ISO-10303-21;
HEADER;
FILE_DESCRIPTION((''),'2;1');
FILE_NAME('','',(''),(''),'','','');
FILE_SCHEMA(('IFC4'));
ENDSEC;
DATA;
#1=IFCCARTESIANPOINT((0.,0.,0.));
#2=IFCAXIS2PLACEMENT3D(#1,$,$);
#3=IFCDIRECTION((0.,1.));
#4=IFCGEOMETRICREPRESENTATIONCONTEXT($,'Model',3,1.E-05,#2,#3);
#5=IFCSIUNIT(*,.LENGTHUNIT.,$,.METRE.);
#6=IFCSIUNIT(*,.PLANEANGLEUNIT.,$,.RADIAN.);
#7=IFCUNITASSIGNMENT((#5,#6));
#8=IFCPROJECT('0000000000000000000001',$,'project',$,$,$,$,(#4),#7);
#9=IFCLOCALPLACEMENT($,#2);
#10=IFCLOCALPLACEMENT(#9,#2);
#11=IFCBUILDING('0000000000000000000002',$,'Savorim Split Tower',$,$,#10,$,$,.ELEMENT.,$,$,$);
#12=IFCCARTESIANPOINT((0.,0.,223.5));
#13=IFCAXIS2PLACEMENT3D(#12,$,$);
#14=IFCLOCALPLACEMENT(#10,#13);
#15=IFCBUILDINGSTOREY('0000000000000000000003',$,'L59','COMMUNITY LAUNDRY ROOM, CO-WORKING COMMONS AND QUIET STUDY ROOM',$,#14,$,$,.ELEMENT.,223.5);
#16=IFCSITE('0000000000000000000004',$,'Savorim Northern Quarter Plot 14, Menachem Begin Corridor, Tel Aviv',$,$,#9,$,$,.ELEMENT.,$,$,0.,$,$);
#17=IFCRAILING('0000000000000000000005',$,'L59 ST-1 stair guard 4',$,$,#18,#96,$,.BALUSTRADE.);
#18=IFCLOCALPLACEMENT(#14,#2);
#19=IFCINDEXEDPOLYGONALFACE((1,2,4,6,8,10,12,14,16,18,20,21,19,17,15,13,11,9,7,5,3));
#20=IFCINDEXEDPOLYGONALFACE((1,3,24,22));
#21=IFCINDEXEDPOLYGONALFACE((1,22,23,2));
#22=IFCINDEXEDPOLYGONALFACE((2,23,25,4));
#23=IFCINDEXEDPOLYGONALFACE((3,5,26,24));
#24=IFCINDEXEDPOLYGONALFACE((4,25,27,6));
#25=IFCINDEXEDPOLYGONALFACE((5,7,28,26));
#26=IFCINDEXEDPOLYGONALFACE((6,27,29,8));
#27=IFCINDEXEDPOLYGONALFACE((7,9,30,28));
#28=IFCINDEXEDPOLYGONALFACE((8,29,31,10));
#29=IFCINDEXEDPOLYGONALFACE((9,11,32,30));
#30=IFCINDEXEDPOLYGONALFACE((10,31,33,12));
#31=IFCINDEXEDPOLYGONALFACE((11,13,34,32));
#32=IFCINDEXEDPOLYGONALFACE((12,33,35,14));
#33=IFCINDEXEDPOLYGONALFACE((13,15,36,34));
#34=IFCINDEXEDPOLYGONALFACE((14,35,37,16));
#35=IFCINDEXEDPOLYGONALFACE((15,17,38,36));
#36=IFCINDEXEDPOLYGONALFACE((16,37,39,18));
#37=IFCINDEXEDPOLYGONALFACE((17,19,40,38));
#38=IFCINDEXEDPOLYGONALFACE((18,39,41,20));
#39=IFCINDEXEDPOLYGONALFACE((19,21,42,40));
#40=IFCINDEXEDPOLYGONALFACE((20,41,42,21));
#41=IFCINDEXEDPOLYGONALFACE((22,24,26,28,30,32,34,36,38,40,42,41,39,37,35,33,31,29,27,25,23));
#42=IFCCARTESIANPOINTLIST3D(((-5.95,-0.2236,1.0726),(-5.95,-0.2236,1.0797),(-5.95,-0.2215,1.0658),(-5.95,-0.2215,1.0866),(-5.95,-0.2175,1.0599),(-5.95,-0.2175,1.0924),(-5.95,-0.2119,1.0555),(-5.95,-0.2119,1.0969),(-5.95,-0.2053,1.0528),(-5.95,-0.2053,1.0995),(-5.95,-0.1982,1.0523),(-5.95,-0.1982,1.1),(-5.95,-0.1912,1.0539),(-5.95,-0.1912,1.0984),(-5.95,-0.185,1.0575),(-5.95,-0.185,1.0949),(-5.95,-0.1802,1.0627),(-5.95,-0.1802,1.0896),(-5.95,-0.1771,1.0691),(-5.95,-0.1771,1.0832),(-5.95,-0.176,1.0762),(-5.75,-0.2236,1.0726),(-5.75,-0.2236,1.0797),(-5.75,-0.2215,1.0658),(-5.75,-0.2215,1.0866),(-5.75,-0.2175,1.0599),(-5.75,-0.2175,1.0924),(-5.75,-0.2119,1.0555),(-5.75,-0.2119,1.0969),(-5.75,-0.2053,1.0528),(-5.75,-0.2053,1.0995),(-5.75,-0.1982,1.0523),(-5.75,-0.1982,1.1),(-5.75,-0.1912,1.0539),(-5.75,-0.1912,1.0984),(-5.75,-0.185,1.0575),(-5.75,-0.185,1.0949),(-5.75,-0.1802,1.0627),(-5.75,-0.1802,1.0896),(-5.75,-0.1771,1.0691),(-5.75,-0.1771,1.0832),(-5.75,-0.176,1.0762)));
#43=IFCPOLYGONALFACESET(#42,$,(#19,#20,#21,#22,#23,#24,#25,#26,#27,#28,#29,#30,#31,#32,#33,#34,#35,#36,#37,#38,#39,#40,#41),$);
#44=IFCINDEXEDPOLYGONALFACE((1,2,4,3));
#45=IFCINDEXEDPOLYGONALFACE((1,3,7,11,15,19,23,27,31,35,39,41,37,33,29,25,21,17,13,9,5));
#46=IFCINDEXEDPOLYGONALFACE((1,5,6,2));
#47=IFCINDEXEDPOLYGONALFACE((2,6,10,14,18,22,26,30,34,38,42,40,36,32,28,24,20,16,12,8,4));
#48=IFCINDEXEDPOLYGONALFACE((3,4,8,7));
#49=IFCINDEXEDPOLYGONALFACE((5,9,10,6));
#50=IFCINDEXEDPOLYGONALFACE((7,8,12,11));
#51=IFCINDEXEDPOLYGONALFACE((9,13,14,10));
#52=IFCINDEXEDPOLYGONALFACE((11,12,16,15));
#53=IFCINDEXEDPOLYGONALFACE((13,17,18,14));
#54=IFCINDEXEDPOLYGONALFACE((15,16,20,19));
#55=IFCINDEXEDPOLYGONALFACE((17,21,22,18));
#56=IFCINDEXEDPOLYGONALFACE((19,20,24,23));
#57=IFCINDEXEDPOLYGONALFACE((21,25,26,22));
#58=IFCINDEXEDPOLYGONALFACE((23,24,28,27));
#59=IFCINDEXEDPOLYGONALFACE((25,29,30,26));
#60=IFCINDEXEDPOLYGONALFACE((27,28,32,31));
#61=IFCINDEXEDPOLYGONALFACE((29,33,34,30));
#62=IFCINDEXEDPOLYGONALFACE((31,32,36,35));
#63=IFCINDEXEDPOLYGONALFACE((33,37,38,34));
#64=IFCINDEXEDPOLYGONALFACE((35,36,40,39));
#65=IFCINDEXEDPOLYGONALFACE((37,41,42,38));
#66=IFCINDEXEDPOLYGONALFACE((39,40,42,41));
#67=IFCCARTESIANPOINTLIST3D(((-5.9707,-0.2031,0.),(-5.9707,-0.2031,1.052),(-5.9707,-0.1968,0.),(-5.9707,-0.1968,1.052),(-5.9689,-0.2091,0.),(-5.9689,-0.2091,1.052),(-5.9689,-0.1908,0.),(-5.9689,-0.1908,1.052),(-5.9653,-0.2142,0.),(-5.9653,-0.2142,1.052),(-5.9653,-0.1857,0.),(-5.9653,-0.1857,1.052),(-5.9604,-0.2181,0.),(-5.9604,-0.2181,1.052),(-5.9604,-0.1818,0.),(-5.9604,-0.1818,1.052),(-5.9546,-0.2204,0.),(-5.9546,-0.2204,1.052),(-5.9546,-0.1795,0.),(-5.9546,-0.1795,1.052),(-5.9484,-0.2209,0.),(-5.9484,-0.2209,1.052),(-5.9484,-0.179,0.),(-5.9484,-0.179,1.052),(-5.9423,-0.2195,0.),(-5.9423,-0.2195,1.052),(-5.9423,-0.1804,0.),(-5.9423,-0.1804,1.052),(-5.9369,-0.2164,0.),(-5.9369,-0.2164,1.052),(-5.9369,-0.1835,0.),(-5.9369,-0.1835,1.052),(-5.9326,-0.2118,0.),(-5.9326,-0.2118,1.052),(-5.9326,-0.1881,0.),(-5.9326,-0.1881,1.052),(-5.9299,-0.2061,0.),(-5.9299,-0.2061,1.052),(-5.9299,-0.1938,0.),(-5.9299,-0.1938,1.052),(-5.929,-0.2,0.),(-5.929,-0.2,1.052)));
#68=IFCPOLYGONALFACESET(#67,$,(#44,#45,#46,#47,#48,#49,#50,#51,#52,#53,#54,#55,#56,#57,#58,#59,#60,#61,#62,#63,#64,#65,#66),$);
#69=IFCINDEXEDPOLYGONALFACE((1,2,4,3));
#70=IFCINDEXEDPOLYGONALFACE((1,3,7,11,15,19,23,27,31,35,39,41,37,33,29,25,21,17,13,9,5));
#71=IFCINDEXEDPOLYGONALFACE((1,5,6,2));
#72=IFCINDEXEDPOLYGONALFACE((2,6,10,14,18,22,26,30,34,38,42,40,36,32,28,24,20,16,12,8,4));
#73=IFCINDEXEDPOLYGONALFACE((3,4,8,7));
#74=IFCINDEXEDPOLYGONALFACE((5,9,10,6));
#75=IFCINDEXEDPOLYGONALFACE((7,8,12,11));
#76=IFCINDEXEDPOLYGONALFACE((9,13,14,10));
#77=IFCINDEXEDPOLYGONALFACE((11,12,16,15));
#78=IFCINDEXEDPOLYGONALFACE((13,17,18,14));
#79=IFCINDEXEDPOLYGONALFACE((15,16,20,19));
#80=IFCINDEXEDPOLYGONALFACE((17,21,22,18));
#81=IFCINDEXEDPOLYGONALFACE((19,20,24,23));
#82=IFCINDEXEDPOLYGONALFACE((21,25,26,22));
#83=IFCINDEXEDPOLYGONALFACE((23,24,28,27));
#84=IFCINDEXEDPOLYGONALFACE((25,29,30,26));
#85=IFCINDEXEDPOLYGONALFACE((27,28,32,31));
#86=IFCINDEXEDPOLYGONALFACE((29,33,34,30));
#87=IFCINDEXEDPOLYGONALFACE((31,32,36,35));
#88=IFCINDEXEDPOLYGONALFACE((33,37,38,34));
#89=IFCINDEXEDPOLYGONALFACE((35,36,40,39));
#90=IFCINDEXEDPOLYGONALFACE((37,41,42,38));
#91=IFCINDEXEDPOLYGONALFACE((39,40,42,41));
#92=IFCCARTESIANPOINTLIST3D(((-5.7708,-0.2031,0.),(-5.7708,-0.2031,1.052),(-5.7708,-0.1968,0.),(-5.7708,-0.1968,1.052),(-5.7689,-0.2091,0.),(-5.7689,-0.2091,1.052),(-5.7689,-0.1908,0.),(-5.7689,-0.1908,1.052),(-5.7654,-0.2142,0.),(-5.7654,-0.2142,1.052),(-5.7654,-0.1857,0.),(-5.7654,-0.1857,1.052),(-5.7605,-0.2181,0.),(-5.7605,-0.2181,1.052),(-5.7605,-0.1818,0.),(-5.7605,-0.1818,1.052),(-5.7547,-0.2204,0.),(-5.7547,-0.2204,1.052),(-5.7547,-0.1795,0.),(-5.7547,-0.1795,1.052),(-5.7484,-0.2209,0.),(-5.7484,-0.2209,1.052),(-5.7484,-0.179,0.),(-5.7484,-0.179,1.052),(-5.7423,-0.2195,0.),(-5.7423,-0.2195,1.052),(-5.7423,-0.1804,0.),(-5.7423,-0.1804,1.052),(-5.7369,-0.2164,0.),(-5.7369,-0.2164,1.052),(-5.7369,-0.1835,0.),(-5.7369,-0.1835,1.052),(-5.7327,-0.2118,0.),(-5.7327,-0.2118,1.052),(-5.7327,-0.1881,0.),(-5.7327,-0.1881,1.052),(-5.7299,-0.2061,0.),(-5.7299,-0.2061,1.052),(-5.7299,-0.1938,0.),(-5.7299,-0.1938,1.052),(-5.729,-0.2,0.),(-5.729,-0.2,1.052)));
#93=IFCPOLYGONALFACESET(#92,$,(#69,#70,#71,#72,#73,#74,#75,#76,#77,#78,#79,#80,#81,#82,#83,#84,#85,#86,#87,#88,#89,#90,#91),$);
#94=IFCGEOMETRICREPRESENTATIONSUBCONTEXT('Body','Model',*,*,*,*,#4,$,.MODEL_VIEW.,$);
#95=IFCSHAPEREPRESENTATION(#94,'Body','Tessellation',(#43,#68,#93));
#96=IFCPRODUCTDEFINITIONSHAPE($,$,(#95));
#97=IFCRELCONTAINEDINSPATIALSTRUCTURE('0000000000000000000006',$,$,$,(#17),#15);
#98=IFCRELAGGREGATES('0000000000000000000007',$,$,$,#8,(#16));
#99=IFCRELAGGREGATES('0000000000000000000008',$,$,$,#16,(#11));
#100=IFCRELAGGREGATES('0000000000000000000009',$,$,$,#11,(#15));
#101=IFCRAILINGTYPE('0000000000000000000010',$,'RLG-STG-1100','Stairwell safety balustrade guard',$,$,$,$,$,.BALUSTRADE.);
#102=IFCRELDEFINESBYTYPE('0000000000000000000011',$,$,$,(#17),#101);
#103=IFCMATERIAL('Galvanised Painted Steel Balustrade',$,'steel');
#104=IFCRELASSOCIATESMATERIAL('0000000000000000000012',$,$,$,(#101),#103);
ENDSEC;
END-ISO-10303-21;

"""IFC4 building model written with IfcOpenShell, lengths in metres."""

from ifc_helpers import new_model, si_unit, direction, frame, origin, origin_2d, place, context, subcontext, project, spatial, circle, extrude, material, type_object, element, save


model = new_model("IFC4")

# Units and contexts
model_context = context("Model", 3, precision=1e-05, world=origin(), true_north=direction((0.0, 1.0)))
body_context = subcontext(model_context, "Body", "Model", "MODEL_VIEW")
ifc_project = project(units=[si_unit("LENGTHUNIT", "METRE"), si_unit("PLANEANGLEUNIT", "RADIAN")], contexts=[model_context])

# Site, building, storey
site_placement = place(None, origin())
site = spatial("IfcSite", under=ifc_project, at=site_placement, Name="Savorim Northern Quarter Plot 14, Menachem Begin Corridor, Tel Aviv", CompositionType="ELEMENT", RefElevation=0.0)
building_placement = place(site_placement, origin())
building = spatial("IfcBuilding", under=site, at=building_placement, Name="Savorim Split Tower", CompositionType="ELEMENT")
storey_placement = place(building_placement, frame((0.0, 0.0, 223.5)))
storey = spatial("IfcBuildingStorey", under=building, at=storey_placement, Name="L59", Description="COMMUNITY LAUNDRY ROOM, CO-WORKING COMMONS AND QUIET STUDY ROOM", CompositionType="ELEMENT", Elevation=223.5)

# Railing
ifc_material_1 = material(Name="Galvanised Painted Steel Balustrade", Category="steel")
railing_type_1 = type_object("IfcRailingType", Name="RLG-STG-1100", Description="Stairwell safety balustrade guard", PredefinedType="BALUSTRADE", material=ifc_material_1)
railing_1_placement = place(storey_placement, frame((-5.95, -0.2, 0.0)))
element("IfcRailing", 1, at=railing_1_placement, inside=storey, type_object=railing_type_1, Name="L59 ST-1 stair guard 4", PredefinedType="BALUSTRADE", context=body_context, shape_type="SweptSolid", body=[
    extrude(circle(Radius=0.0239, at=origin_2d()), frame((0.0, 0.0, 1.0762), z_axis=(1.0, 0.0, 0.0), x_axis=(0.0, 1.0, 0.0)), (0.0, 0.0, 1.0), 0.2),
    extrude(circle(Radius=0.021, at=origin_2d()), origin(), (0.0, 0.0, 1.0), 1.052),
    extrude(circle(Radius=0.021, at=origin_2d()), frame((0.2, 0.0, 0.0)), (0.0, 0.0, 1.0), 1.052),
])

save(model, "model.ifc")
